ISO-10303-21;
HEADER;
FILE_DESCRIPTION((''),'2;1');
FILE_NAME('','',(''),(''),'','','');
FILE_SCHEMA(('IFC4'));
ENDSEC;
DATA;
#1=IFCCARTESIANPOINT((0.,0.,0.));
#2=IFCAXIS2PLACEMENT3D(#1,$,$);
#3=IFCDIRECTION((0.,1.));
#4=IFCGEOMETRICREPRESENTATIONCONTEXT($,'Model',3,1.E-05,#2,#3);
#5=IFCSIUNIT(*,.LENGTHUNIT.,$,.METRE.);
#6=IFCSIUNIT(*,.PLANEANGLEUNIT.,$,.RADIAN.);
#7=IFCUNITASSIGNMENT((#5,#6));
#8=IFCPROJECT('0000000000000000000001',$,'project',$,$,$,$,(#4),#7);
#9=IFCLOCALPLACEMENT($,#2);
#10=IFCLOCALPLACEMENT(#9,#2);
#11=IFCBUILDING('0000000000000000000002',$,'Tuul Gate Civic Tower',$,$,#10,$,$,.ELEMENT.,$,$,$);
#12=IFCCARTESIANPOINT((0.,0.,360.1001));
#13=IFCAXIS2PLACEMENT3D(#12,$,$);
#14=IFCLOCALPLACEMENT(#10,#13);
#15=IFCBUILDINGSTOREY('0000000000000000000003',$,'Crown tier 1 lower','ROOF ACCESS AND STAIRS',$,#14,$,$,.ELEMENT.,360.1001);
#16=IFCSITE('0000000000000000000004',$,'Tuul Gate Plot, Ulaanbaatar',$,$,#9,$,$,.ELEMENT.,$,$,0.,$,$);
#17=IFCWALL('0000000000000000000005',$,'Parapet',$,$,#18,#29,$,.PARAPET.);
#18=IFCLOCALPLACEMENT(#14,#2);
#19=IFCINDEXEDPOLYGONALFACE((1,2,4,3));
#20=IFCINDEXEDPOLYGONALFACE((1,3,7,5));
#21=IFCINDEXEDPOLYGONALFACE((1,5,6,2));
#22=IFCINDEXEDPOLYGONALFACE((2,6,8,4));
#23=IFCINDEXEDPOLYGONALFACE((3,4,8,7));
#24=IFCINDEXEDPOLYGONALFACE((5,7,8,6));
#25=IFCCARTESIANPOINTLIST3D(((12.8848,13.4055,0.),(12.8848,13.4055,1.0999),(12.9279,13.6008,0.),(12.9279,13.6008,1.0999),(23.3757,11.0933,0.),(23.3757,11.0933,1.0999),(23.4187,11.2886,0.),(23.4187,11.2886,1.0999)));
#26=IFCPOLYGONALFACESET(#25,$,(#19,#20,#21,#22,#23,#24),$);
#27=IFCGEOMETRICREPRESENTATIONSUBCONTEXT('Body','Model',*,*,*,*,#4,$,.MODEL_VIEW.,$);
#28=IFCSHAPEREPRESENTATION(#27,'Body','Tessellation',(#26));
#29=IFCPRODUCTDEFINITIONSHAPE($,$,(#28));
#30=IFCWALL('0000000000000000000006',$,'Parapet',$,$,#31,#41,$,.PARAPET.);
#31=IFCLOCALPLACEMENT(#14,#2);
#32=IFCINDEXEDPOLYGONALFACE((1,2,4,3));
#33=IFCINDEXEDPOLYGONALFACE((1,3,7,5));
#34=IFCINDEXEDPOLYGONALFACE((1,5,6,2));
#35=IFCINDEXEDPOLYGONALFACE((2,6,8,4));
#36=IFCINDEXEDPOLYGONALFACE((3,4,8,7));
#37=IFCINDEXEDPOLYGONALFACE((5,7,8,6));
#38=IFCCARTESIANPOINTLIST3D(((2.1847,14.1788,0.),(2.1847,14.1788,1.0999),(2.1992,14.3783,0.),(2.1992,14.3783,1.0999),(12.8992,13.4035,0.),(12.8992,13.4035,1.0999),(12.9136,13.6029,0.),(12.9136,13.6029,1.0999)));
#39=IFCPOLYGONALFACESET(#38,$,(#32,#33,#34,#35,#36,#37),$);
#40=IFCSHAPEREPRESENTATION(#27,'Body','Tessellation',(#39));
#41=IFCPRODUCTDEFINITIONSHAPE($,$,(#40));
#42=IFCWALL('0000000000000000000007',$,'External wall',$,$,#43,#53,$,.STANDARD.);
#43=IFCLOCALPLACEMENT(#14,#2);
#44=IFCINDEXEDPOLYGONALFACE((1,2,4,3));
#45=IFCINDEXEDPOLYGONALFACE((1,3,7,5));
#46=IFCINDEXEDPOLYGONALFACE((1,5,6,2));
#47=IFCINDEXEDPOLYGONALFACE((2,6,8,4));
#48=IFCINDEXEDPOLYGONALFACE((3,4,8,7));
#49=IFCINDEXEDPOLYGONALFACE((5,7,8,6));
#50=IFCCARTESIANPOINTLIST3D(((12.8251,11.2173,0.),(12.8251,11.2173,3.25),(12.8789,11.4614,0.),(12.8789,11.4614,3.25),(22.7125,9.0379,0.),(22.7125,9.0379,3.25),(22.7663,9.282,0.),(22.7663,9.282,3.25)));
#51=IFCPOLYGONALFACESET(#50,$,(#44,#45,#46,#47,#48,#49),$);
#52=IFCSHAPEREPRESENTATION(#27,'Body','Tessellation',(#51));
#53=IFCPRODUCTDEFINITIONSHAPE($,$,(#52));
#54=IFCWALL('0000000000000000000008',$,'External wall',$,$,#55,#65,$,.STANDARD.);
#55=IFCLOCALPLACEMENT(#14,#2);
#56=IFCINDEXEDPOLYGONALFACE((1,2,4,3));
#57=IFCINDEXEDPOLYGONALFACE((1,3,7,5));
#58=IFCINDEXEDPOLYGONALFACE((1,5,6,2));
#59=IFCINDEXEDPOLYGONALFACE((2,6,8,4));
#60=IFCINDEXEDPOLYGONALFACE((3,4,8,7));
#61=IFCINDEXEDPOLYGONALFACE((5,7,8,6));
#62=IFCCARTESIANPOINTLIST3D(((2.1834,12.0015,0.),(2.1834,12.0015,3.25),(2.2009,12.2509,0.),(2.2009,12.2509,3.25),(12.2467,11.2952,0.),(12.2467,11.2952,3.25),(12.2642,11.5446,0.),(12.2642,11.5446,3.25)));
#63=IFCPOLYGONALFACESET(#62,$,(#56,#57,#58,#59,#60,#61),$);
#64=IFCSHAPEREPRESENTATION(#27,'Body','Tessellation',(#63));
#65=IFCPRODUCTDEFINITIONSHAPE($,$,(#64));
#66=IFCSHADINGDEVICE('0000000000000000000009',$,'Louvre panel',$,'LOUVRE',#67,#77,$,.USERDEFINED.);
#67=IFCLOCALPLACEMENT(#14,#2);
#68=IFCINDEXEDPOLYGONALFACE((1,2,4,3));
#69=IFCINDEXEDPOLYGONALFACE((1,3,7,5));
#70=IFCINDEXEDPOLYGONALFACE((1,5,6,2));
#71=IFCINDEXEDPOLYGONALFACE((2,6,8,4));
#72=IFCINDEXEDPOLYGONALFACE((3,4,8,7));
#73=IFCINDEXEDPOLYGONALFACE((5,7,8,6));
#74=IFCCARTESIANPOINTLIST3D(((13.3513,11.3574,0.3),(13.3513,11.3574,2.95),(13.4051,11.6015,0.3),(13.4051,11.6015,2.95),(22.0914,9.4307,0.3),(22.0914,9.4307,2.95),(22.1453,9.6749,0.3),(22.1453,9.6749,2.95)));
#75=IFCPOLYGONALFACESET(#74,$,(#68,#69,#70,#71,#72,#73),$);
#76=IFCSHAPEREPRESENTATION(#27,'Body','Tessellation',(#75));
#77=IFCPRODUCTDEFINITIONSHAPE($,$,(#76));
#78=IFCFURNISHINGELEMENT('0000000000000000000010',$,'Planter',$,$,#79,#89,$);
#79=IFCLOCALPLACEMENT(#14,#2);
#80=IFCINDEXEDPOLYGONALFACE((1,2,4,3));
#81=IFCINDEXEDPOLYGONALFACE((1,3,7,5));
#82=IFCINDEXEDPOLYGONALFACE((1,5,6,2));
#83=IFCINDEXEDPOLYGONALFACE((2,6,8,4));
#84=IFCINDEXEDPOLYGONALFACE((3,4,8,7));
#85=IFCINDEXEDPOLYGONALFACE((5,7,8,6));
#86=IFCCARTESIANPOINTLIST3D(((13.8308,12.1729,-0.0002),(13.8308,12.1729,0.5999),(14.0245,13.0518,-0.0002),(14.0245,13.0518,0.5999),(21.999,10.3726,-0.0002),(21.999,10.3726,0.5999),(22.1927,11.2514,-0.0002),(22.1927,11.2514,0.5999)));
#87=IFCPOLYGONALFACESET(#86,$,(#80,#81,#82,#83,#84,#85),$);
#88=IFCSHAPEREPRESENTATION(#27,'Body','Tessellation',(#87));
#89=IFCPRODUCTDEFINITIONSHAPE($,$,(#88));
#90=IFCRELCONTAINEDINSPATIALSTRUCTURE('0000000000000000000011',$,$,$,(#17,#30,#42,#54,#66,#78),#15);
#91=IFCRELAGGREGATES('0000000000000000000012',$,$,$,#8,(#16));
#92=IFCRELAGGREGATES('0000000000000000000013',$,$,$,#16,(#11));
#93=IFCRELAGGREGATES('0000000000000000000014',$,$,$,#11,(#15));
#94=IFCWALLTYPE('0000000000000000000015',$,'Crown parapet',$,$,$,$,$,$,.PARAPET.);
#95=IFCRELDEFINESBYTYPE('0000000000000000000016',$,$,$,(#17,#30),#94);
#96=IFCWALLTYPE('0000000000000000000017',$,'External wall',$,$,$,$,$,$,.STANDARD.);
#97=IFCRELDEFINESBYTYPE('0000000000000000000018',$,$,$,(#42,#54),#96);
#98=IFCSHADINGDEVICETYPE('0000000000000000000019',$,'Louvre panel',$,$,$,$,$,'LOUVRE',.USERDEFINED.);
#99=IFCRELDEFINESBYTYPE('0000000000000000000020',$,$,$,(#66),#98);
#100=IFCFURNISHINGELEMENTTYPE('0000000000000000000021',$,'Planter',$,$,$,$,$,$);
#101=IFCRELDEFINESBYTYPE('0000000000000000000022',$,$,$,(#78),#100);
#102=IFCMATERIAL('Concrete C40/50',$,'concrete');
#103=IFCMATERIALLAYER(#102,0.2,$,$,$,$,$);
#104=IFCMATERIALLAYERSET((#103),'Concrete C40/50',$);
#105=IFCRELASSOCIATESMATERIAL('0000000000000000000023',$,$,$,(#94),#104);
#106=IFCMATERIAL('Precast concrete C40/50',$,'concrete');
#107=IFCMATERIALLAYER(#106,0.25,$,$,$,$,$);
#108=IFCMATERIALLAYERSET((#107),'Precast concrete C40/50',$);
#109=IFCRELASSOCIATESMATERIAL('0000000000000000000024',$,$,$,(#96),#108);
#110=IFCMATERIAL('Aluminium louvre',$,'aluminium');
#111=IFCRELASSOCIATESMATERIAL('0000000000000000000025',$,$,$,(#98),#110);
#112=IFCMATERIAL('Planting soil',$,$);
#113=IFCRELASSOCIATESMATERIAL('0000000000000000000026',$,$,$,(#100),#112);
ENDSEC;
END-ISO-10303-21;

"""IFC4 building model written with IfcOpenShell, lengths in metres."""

from ifc_helpers import new_model, si_unit, direction, frame, frame_2d, origin, origin_2d, place, context, subcontext, project, spatial, rectangle, extrude, material, layer, layer_set, type_object, element, save


model = new_model("IFC4")

# Units and contexts
model_context = context("Model", 3, precision=1e-05, world=origin(), true_north=direction((0.0, 1.0)))
body_context = subcontext(model_context, "Body", "Model", "MODEL_VIEW")
ifc_project = project(units=[si_unit("LENGTHUNIT", "METRE"), si_unit("PLANEANGLEUNIT", "RADIAN")], contexts=[model_context])

# Site, building, storey
site_placement = place(None, origin())
site = spatial("IfcSite", under=ifc_project, at=site_placement, Name="Tuul Gate Plot, Ulaanbaatar", CompositionType="ELEMENT", RefElevation=0.0)
building_placement = place(site_placement, origin())
building = spatial("IfcBuilding", under=site, at=building_placement, Name="Tuul Gate Civic Tower", CompositionType="ELEMENT")
storey_placement = place(building_placement, frame((0.0, 0.0, 360.1001)))
storey = spatial("IfcBuildingStorey", under=building, at=storey_placement, Name="Crown tier 1 lower", Description="ROOF ACCESS AND STAIRS", CompositionType="ELEMENT", Elevation=360.1001)

# Walls
ifc_material_1 = material(Name="Concrete C40/50", Category="concrete")
ifc_layer_1 = layer(ifc_material_1, 0.2)
ifc_layer_set_1 = layer_set([ifc_layer_1], Name="Concrete C40/50")
wall_type_1 = type_object("IfcWallType", Name="Crown parapet", PredefinedType="PARAPET", material=ifc_layer_set_1)
wall_1_placement = place(storey_placement, frame((23.3972, 11.1909, 0.0), z_axis=(0.0, 0.0, 1.0), x_axis=(-0.976562, 0.215239, 0.0)))
element("IfcWall", 1, at=wall_1_placement, inside=storey, type_object=wall_type_1, Name="Parapet", PredefinedType="PARAPET", context=body_context, shape_type="SweptSolid", body=[
    extrude(rectangle(XDim=10.7427, YDim=0.2, at=frame_2d((5.3713, 0.0))), origin(), (0.0, 0.0, 1.0), 1.0999),
])
wall_2_placement = place(storey_placement, frame((12.9062, 13.5032, 0.0), z_axis=(0.0, 0.0, 1.0), x_axis=(-0.997392, 0.072181, 0.0)))
element("IfcWall", 2, at=wall_2_placement, inside=storey, type_object=wall_type_1, Name="Parapet", PredefinedType="PARAPET", context=body_context, shape_type="SweptSolid", body=[
    extrude(rectangle(XDim=10.7424, YDim=0.2, at=frame_2d((5.3711, 0.0))), origin(), (0.0, 0.0, 1.0), 1.0999),
])
ifc_material_2 = material(Name="Precast concrete C40/50", Category="concrete")
ifc_layer_2 = layer(ifc_material_2, 0.25)
ifc_layer_set_2 = layer_set([ifc_layer_2], Name="Precast concrete C40/50")
wall_type_2 = type_object("IfcWallType", Name="External wall", PredefinedType="STANDARD", material=ifc_layer_set_2)
wall_3_placement = place(storey_placement, frame((22.7395, 9.1599, 0.0), z_axis=(0.0, 0.0, 1.0), x_axis=(-0.976557, 0.215258, 0.0)))
element("IfcWall", 3, at=wall_3_placement, inside=storey, type_object=wall_type_2, Name="External wall", PredefinedType="STANDARD", context=body_context, shape_type="SweptSolid", body=[
    extrude(rectangle(XDim=10.1248, YDim=0.25, at=frame_2d((5.0625, 0.0))), origin(), (0.0, 0.0, 1.0), 3.25),
])
wall_4_placement = place(storey_placement, frame((12.2554, 11.4199, 0.0), z_axis=(0.0, 0.0, 1.0), x_axis=(-0.997546, 0.070012, 0.0)))
element("IfcWall", 4, at=wall_4_placement, inside=storey, type_object=wall_type_2, Name="External wall", PredefinedType="STANDARD", context=body_context, shape_type="SweptSolid", body=[
    extrude(rectangle(XDim=10.0881, YDim=0.25, at=frame_2d((5.0439, 0.0))), origin(), (0.0, 0.0, 1.0), 3.25),
])

# Shading device
ifc_material_3 = material(Name="Aluminium louvre", Category="aluminium")
shading_device_type = type_object("IfcShadingDeviceType", Name="Louvre panel", ElementType="LOUVRE", PredefinedType="USERDEFINED", material=ifc_material_3)
shading_device_placement = place(storey_placement, frame((17.7483, 10.5161, 0.3), z_axis=(0.0, 0.0, 1.0), x_axis=(0.215269, 0.976555, 0.0)))
element("IfcShadingDevice", 5, at=shading_device_placement, inside=storey, type_object=shading_device_type, Name="Louvre panel", ObjectType="LOUVRE", PredefinedType="USERDEFINED", context=body_context, shape_type="SweptSolid", body=[
    extrude(rectangle(XDim=0.25, YDim=8.95, at=origin_2d()), origin(), (0.0, 0.0, 1.0), 2.6499),
])

# Furnishing element
ifc_material_4 = material(Name="Planting soil")
furnishing_element_type = type_object("IfcFurnishingElementType", Name="Planter", material=ifc_material_4)
furnishing_placement = place(storey_placement, frame((18.0117, 11.7122, -0.0002), z_axis=(0.0, 0.0, 1.0), x_axis=(-0.976559, 0.215248, 0.0)))
element("IfcFurnishingElement", 6, at=furnishing_placement, inside=storey, type_object=furnishing_element_type, Name="Planter", context=body_context, shape_type="SweptSolid", body=[
    extrude(rectangle(XDim=8.3643, YDim=0.8999, at=origin_2d()), origin(), (0.0, 0.0, 1.0), 0.6001),
])

save(model, "model.ifc")
